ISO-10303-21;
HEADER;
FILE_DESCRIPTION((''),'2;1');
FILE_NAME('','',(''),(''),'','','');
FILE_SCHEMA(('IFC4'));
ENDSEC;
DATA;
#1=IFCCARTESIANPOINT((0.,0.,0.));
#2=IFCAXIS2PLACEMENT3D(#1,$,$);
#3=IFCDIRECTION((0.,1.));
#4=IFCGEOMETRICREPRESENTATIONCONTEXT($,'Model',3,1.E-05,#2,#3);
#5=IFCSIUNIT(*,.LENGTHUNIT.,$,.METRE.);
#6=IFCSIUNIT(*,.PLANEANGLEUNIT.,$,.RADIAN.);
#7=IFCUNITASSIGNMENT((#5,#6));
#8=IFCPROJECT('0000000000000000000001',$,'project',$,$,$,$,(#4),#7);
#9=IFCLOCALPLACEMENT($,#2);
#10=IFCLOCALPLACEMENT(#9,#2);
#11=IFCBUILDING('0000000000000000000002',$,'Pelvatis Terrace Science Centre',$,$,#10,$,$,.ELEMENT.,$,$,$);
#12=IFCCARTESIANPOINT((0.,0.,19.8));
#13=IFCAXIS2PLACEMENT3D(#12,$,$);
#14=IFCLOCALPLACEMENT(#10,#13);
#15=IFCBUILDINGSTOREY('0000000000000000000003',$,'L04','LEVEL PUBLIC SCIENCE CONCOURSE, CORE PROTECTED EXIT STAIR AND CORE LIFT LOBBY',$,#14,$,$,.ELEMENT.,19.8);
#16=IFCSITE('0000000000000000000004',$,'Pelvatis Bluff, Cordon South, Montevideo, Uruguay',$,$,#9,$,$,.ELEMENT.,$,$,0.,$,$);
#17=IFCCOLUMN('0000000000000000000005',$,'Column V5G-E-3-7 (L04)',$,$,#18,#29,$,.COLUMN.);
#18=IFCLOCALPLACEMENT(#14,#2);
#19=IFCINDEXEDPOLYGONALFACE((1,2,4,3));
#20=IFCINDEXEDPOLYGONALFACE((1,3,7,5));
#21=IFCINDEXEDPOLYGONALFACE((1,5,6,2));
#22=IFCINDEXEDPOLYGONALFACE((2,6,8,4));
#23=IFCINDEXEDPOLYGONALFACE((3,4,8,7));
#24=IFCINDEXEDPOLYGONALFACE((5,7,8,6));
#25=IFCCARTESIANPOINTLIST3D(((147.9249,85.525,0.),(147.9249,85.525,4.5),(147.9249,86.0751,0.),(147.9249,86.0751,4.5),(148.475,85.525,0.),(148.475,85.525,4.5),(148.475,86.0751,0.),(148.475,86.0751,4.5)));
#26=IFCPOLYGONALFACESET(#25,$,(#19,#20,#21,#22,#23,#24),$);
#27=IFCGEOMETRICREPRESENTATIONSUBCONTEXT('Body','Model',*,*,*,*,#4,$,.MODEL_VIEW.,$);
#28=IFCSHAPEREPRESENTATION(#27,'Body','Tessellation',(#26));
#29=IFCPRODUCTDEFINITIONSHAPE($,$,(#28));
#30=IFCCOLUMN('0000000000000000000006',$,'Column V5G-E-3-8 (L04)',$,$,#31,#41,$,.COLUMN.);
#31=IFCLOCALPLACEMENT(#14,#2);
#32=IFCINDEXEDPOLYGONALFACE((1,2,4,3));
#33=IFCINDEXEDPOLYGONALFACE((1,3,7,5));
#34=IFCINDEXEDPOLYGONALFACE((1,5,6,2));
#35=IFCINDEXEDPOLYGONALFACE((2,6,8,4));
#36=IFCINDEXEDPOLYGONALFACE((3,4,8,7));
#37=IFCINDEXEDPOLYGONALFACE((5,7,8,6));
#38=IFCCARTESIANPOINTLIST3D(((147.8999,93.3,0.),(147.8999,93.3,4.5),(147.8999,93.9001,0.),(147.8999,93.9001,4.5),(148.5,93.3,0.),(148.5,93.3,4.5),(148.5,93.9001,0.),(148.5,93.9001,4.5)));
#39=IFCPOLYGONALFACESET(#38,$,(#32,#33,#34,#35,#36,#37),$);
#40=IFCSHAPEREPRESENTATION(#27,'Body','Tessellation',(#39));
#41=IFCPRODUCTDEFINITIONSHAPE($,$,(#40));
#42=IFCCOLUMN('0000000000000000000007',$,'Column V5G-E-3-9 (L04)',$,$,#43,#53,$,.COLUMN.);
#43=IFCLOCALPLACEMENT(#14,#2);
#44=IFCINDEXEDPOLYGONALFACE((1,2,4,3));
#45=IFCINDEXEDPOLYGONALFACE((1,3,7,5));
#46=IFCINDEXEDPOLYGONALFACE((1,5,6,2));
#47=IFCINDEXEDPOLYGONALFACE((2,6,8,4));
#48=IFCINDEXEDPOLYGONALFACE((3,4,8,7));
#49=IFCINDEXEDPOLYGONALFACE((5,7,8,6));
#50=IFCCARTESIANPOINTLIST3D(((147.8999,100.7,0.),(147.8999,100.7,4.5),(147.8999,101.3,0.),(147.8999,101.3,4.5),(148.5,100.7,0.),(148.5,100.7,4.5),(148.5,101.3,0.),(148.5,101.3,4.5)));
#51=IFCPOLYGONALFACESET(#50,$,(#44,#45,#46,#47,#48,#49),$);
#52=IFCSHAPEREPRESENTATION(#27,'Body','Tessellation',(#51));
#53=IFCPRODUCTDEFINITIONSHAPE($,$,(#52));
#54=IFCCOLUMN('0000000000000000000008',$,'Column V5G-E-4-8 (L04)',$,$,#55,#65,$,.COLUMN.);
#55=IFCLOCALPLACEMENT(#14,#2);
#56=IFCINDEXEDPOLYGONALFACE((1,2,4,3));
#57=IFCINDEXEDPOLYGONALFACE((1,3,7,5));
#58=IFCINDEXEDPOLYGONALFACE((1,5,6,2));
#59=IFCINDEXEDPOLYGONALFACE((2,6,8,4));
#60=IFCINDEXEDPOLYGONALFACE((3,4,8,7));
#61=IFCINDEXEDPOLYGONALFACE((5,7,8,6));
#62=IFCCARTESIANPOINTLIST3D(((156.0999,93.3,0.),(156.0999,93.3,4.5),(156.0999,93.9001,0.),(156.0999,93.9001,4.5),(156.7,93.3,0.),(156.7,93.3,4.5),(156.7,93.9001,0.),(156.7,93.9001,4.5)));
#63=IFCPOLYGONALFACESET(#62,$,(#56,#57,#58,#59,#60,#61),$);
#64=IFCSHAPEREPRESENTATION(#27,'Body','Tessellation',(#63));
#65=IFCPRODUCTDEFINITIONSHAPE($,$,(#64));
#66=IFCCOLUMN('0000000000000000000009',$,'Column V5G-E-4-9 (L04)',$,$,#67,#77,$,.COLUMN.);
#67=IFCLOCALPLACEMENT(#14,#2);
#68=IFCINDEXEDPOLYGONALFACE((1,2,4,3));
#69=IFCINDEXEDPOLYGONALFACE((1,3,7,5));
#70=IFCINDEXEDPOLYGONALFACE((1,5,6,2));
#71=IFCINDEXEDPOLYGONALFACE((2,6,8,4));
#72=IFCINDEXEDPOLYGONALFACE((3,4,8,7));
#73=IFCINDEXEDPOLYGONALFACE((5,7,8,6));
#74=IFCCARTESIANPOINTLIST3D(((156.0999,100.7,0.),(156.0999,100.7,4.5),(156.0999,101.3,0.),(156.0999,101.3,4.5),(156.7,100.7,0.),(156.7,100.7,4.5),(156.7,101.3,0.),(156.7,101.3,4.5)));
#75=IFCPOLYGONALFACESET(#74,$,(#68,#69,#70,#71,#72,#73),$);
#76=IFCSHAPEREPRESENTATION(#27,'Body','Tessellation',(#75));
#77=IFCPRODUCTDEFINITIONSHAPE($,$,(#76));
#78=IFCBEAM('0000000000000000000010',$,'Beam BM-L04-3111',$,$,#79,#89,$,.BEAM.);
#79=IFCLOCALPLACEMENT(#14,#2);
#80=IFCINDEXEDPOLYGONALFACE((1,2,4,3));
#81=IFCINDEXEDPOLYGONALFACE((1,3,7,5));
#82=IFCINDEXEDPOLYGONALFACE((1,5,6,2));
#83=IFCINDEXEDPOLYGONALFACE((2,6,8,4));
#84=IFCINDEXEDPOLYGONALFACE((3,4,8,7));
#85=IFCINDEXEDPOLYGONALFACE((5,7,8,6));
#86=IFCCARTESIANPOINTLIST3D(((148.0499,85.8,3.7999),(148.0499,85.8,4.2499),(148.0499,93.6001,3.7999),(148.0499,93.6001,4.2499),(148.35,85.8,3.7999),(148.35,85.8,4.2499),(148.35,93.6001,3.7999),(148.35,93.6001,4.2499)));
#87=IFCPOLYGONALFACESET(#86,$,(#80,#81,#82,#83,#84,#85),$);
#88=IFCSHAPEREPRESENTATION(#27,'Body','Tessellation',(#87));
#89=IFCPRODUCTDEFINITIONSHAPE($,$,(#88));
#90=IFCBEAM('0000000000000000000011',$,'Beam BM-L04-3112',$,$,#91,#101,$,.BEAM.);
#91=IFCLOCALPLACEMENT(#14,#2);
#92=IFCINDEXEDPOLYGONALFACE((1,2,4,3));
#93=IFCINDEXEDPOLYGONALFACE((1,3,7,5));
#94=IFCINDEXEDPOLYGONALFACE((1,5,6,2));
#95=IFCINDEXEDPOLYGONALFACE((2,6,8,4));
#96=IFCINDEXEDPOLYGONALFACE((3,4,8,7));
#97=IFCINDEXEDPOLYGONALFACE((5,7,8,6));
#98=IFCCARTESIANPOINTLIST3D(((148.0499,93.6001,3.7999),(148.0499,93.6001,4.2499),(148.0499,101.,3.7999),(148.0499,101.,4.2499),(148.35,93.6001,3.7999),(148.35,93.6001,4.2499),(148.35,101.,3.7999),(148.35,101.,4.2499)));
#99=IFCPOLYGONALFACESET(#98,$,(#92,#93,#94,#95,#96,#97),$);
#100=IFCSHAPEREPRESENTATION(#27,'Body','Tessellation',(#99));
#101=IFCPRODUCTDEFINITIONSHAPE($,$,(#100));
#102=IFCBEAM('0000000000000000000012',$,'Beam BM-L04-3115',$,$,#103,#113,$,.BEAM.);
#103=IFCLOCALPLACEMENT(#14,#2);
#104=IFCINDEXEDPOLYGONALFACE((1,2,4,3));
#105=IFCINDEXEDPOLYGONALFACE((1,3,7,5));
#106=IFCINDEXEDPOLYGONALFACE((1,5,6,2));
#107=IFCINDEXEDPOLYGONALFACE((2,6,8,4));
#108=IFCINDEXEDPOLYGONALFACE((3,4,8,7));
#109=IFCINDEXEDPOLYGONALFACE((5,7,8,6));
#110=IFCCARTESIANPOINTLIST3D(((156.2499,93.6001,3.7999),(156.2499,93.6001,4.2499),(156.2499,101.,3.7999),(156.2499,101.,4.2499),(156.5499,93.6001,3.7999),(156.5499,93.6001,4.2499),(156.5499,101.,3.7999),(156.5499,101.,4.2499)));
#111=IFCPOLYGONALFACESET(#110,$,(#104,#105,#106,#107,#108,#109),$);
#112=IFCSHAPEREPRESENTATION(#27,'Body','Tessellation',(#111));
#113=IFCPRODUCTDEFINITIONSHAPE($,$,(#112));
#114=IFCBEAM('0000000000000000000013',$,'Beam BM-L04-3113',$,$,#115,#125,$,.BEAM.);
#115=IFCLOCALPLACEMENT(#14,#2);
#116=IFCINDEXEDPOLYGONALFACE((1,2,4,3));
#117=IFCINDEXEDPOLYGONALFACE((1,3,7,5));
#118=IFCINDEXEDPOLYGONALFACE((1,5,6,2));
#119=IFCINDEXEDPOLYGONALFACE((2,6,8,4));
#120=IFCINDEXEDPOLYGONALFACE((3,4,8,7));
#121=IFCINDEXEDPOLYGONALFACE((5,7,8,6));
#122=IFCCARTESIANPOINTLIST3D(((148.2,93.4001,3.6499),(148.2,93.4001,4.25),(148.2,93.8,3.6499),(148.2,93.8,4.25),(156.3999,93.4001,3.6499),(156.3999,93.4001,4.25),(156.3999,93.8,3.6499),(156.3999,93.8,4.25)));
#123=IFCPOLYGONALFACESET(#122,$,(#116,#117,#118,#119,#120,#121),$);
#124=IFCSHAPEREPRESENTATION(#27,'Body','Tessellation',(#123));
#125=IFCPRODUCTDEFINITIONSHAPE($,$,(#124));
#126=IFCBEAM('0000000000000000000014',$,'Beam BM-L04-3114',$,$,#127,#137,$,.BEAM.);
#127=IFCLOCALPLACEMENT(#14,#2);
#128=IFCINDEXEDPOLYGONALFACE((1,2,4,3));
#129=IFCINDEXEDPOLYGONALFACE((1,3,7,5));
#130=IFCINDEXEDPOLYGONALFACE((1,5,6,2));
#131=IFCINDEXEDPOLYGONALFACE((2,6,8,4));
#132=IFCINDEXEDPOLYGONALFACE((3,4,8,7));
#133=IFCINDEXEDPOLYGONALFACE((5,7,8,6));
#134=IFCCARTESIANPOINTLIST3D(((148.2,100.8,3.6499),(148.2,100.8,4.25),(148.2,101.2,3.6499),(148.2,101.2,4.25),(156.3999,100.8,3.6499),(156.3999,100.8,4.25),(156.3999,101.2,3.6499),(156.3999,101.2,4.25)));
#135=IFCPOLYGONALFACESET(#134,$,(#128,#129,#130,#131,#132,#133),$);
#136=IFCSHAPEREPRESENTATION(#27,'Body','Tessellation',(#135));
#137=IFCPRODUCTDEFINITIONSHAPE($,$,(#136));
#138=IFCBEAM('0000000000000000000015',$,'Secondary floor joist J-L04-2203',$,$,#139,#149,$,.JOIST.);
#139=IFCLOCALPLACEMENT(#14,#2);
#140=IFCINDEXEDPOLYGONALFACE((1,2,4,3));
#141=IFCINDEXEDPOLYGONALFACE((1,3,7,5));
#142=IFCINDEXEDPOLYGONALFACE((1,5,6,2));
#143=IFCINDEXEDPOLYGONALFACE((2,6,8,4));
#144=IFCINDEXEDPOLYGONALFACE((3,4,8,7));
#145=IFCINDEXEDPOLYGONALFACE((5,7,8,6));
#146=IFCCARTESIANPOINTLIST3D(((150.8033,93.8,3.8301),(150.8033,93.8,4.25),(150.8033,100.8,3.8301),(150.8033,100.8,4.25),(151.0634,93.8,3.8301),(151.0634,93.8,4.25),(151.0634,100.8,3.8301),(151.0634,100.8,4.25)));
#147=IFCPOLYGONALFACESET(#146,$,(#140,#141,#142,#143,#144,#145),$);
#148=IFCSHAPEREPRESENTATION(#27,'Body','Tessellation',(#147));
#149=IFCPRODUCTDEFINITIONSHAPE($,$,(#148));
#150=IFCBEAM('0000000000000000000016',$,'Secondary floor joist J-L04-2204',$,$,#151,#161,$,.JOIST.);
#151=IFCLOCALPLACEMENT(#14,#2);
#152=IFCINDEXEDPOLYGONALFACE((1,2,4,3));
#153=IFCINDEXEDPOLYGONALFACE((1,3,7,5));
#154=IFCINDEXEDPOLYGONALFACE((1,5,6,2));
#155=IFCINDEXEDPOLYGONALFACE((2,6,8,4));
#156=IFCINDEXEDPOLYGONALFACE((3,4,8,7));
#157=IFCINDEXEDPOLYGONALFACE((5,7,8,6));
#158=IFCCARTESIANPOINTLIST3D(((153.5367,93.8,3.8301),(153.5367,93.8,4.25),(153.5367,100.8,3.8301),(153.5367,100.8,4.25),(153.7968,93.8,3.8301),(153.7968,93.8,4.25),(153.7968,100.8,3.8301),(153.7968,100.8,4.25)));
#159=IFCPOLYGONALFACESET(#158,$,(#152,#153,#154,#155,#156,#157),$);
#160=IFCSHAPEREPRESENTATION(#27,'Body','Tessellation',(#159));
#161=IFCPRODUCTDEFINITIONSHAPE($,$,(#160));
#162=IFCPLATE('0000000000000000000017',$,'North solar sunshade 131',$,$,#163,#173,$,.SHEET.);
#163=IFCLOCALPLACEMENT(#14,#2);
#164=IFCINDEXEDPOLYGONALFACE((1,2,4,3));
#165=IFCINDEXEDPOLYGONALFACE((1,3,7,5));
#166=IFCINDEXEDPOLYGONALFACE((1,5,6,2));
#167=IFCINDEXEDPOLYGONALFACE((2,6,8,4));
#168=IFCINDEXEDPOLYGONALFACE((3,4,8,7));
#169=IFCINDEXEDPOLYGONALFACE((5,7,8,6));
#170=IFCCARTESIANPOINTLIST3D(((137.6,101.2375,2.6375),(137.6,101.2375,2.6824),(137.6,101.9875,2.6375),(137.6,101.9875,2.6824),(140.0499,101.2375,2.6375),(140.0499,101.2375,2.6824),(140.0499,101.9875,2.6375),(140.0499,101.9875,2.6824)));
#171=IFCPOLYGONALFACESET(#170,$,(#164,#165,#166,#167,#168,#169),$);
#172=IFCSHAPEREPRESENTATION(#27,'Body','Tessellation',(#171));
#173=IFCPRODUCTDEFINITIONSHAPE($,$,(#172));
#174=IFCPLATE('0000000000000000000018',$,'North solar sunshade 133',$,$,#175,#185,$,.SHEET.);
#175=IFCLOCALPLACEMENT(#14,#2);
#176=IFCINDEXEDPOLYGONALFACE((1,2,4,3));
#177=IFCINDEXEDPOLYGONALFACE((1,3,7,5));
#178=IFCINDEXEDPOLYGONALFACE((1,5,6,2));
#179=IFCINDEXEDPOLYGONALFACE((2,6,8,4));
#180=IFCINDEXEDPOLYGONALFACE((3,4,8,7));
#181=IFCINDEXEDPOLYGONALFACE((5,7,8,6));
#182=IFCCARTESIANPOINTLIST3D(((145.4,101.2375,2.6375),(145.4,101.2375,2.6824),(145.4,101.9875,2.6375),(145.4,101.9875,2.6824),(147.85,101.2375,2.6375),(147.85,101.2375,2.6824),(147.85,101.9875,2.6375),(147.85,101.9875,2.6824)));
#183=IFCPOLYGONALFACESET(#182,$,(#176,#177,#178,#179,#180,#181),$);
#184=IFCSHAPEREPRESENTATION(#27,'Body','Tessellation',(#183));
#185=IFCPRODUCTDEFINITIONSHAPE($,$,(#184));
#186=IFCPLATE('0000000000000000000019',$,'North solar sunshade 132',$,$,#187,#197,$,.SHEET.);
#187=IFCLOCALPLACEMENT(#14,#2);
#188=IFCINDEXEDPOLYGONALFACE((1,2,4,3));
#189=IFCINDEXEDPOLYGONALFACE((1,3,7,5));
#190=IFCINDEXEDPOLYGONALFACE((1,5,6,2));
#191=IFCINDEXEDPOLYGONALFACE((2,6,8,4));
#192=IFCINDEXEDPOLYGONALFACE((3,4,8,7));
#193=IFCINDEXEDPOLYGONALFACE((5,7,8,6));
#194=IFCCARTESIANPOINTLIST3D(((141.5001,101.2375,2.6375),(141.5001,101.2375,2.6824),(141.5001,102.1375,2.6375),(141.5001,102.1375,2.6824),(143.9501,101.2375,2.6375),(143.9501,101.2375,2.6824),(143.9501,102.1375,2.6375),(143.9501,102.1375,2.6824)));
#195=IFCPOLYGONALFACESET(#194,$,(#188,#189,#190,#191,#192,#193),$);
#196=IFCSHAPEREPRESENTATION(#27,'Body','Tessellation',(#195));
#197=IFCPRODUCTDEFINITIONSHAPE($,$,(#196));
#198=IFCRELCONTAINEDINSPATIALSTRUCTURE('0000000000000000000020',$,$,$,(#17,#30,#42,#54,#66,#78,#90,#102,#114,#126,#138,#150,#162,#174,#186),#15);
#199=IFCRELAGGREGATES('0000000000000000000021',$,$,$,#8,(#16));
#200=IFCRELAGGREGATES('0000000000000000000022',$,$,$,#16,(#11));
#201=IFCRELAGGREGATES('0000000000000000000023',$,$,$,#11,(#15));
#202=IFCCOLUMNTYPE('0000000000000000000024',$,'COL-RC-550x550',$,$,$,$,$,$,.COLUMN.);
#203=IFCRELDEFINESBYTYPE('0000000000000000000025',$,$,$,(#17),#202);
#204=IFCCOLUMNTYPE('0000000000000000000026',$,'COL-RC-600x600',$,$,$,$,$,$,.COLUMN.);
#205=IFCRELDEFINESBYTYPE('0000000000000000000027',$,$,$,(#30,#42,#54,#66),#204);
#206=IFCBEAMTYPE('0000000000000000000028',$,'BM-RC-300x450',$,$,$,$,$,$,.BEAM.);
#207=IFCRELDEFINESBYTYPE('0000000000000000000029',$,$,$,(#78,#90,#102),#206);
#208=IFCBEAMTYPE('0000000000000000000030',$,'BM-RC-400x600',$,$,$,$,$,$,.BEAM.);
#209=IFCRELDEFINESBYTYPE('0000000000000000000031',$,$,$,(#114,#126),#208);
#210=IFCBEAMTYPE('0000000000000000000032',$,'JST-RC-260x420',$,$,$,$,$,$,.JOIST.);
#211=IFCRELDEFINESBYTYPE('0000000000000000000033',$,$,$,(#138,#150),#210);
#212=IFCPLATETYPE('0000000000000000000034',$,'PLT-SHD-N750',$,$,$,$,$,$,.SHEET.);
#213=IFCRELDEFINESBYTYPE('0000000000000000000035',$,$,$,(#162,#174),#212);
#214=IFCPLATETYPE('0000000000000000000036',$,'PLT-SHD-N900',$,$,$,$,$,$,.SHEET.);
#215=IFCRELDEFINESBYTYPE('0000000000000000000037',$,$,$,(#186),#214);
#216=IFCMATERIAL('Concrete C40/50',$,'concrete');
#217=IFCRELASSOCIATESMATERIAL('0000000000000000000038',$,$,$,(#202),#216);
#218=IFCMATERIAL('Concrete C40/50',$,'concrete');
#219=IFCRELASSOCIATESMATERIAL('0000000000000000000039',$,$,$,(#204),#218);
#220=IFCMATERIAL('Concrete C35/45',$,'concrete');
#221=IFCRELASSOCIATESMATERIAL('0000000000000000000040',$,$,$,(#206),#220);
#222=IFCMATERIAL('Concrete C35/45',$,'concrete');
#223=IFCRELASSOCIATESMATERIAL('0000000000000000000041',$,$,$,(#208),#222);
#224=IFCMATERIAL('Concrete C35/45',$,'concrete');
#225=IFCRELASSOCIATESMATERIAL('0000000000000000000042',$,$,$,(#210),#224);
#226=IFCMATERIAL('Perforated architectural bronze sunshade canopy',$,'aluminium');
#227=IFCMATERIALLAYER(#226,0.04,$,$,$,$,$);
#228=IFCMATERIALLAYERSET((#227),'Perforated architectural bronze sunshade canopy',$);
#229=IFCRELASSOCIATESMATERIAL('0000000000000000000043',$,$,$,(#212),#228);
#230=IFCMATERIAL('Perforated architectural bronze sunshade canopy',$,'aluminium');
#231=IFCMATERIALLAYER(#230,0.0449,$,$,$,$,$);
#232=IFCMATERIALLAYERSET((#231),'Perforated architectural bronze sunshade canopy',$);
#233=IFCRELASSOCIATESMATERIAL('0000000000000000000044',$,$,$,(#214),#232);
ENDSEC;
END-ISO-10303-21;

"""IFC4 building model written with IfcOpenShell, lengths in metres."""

from ifc_helpers import new_model, si_unit, direction, frame, origin, origin_2d, place, context, subcontext, project, spatial, rectangle, extrude, material, layer, layer_set, material_profile, profile_set, type_object, element, save


model = new_model("IFC4")

# Units and contexts
model_context = context("Model", 3, precision=1e-05, world=origin(), true_north=direction((0.0, 1.0)))
body_context = subcontext(model_context, "Body", "Model", "MODEL_VIEW")
ifc_project = project(units=[si_unit("LENGTHUNIT", "METRE"), si_unit("PLANEANGLEUNIT", "RADIAN")], contexts=[model_context])

# Site, building, storey
site_placement = place(None, origin())
site = spatial("IfcSite", under=ifc_project, at=site_placement, Name="Pelvatis Bluff, Cordon South, Montevideo, Uruguay", CompositionType="ELEMENT", RefElevation=0.0)
building_placement = place(site_placement, origin())
building = spatial("IfcBuilding", under=site, at=building_placement, Name="Pelvatis Terrace Science Centre", CompositionType="ELEMENT")
storey_placement = place(building_placement, frame((0.0, 0.0, 19.8)))
storey = spatial("IfcBuildingStorey", under=building, at=storey_placement, Name="L04", Description="LEVEL PUBLIC SCIENCE CONCOURSE, CORE PROTECTED EXIT STAIR AND CORE LIFT LOBBY", CompositionType="ELEMENT", Elevation=19.8)

# Columns
ifc_material_1 = material(Name="Concrete C40/50", Category="concrete")
ifc_material_profile_1 = material_profile(ifc_material_1, rectangle(XDim=0.55, YDim=0.55, at=origin_2d()), Name="RC-COL 550x550")
ifc_profile_set_1 = profile_set([ifc_material_profile_1], Name="Concrete C40/50")
column_type_1 = type_object("IfcColumnType", Name="COL-RC-550x550", PredefinedType="COLUMN", material=ifc_profile_set_1)
column_placement = place(storey_placement, frame((148.2, 85.8, 0.0), z_axis=(0.0, 0.0, 1.0), x_axis=(1.0, 0.0, 0.0)))
element("IfcColumn", 1, at=column_placement, inside=storey, type_object=column_type_1, Name="Column V5G-E-3-7 (L04)", PredefinedType="COLUMN", context=body_context, shape_type="SweptSolid", body=[
    extrude(rectangle(XDim=0.55, YDim=0.55, at=origin_2d()), origin(), (0.0, 0.0, 1.0), 4.5),
])
ifc_material_2 = material(Name="Concrete C40/50", Category="concrete")
ifc_material_profile_2 = material_profile(ifc_material_2, rectangle(XDim=0.6001, YDim=0.6001, at=origin_2d()), Name="RC-COL 600x600")
ifc_profile_set_2 = profile_set([ifc_material_profile_2], Name="Concrete C40/50")
column_type_2 = type_object("IfcColumnType", Name="COL-RC-600x600", PredefinedType="COLUMN", material=ifc_profile_set_2)
for number, where, z_axis, x_axis, name in (
    (2, (148.2, 93.6001, 0.0), (0.0, 0.0, 1.0), (1.0, 0.0, 0.0), "Column V5G-E-3-8 (L04)"),
    (3, (148.2, 101.0, 0.0), (0.0, 0.0, 1.0), (1.0, 0.0, 0.0), "Column V5G-E-3-9 (L04)"),
    (4, (156.3999, 93.6001, 0.0), (0.0, 0.0, 1.0), (1.0, 0.0, 0.0), "Column V5G-E-4-8 (L04)"),
    (5, (156.3999, 101.0, 0.0), (0.0, 0.0, 1.0), (1.0, 0.0, 0.0), "Column V5G-E-4-9 (L04)"),
):
    element("IfcColumn", number, at=place(storey_placement, frame(where, z_axis=z_axis, x_axis=x_axis)), inside=storey, type_object=column_type_2, Name=name, PredefinedType="COLUMN", context=body_context, shape_type="SweptSolid", body=[
        extrude(rectangle(XDim=0.6001, YDim=0.6001, at=origin_2d()), origin(), (0.0, 0.0, 1.0), 4.5),
    ])

# Beams
ifc_material_3 = material(Name="Concrete C35/45", Category="concrete")
ifc_material_profile_3 = material_profile(ifc_material_3, rectangle(XDim=0.3, YDim=0.45, at=origin_2d()), Name="RC-BM 300x450")
ifc_profile_set_3 = profile_set([ifc_material_profile_3], Name="Concrete C35/45")
beam_type_1 = type_object("IfcBeamType", Name="BM-RC-300x450", PredefinedType="BEAM", material=ifc_profile_set_3)
beam_placement = place(storey_placement, frame((148.2, 85.8, 4.0249), z_axis=(0.0, 1.0, 0.0), x_axis=(-1.0, 0.0, 0.0)))
element("IfcBeam", 6, at=beam_placement, inside=storey, type_object=beam_type_1, Name="Beam BM-L04-3111", PredefinedType="BEAM", context=body_context, shape_type="SweptSolid", body=[
    extrude(rectangle(XDim=0.3, YDim=0.45, at=origin_2d()), origin(), (0.0, 0.0, 1.0), 7.8),
])
for number, where, z_axis, x_axis, name in (
    (7, (148.2, 93.6001, 4.0249), (0.0, 1.0, 0.0), (-1.0, 0.0, 0.0), "Beam BM-L04-3112"),
    (8, (156.3999, 93.6001, 4.0249), (0.0, 1.0, 0.0), (-1.0, 0.0, 0.0), "Beam BM-L04-3115"),
):
    element("IfcBeam", number, at=place(storey_placement, frame(where, z_axis=z_axis, x_axis=x_axis)), inside=storey, type_object=beam_type_1, Name=name, PredefinedType="BEAM", context=body_context, shape_type="SweptSolid", body=[
        extrude(rectangle(XDim=0.3, YDim=0.45, at=origin_2d()), origin(), (0.0, 0.0, 1.0), 7.3999),
    ])
ifc_material_4 = material(Name="Concrete C35/45", Category="concrete")
ifc_material_profile_4 = material_profile(ifc_material_4, rectangle(XDim=0.3999, YDim=0.6001, at=origin_2d()), Name="RC-BM 400x600")
ifc_profile_set_4 = profile_set([ifc_material_profile_4], Name="Concrete C35/45")
beam_type_2 = type_object("IfcBeamType", Name="BM-RC-400x600", PredefinedType="BEAM", material=ifc_profile_set_4)
for number, where, z_axis, x_axis, name in (
    (9, (148.2, 93.6001, 3.95), (1.0, 0.0, 0.0), (0.0, 1.0, 0.0), "Beam BM-L04-3113"),
    (10, (148.2, 101.0, 3.95), (1.0, 0.0, 0.0), (0.0, 1.0, 0.0), "Beam BM-L04-3114"),
):
    element("IfcBeam", number, at=place(storey_placement, frame(where, z_axis=z_axis, x_axis=x_axis)), inside=storey, type_object=beam_type_2, Name=name, PredefinedType="BEAM", context=body_context, shape_type="SweptSolid", body=[
        extrude(rectangle(XDim=0.3999, YDim=0.6001, at=origin_2d()), origin(), (0.0, 0.0, 1.0), 8.2),
    ])
ifc_material_5 = material(Name="Concrete C35/45", Category="concrete")
ifc_material_profile_5 = material_profile(ifc_material_5, rectangle(XDim=0.26, YDim=0.4199, at=origin_2d()), Name="RC-JST 260x420")
ifc_profile_set_5 = profile_set([ifc_material_profile_5], Name="Concrete C35/45")
beam_type_3 = type_object("IfcBeamType", Name="JST-RC-260x420", PredefinedType="JOIST", material=ifc_profile_set_5)
for number, where, z_axis, x_axis, name in (
    (11, (150.9333, 93.8, 4.04), (0.0, 1.0, 0.0), (-1.0, 0.0, 0.0), "Secondary floor joist J-L04-2203"),
    (12, (153.6667, 93.8, 4.04), (0.0, 1.0, 0.0), (-1.0, 0.0, 0.0), "Secondary floor joist J-L04-2204"),
):
    element("IfcBeam", number, at=place(storey_placement, frame(where, z_axis=z_axis, x_axis=x_axis)), inside=storey, type_object=beam_type_3, Name=name, PredefinedType="JOIST", context=body_context, shape_type="SweptSolid", body=[
        extrude(rectangle(XDim=0.26, YDim=0.4199, at=origin_2d()), origin(), (0.0, 0.0, 1.0), 7.0),
    ])

# Plates
ifc_material_6 = material(Name="Perforated architectural bronze sunshade canopy", Category="aluminium")
ifc_layer_1 = layer(ifc_material_6, 0.04)
ifc_layer_set_1 = layer_set([ifc_layer_1], Name="Perforated architectural bronze sunshade canopy")
plate_type_1 = type_object("IfcPlateType", Name="PLT-SHD-N750", PredefinedType="SHEET", material=ifc_layer_set_1)
for number, where, z_axis, x_axis, name in (
    (13, (138.825, 101.6125, 2.6375), (0.0, 0.0, 1.0), (1.0, 0.0, 0.0), "North solar sunshade 131"),
    (14, (146.625, 101.6125, 2.6375), (0.0, 0.0, 1.0), (1.0, 0.0, 0.0), "North solar sunshade 133"),
):
    element("IfcPlate", number, at=place(storey_placement, frame(where, z_axis=z_axis, x_axis=x_axis)), inside=storey, type_object=plate_type_1, Name=name, PredefinedType="SHEET", context=body_context, shape_type="SweptSolid", body=[
        extrude(rectangle(XDim=2.45, YDim=0.75, at=origin_2d()), origin(), (0.0, 0.0, 1.0), 0.0449),
    ])
ifc_material_7 = material(Name="Perforated architectural bronze sunshade canopy", Category="aluminium")
ifc_layer_2 = layer(ifc_material_7, 0.0449)
ifc_layer_set_2 = layer_set([ifc_layer_2], Name="Perforated architectural bronze sunshade canopy")
plate_type_2 = type_object("IfcPlateType", Name="PLT-SHD-N900", PredefinedType="SHEET", material=ifc_layer_set_2)
for number, where, z_axis, x_axis, name in (
    (15, (142.7251, 101.6875, 2.6375), (0.0, 0.0, 1.0), (1.0, 0.0, 0.0), "North solar sunshade 132"),
):
    element("IfcPlate", number, at=place(storey_placement, frame(where, z_axis=z_axis, x_axis=x_axis)), inside=storey, type_object=plate_type_2, Name=name, PredefinedType="SHEET", context=body_context, shape_type="SweptSolid", body=[
        extrude(rectangle(XDim=2.45, YDim=0.8999, at=origin_2d()), origin(), (0.0, 0.0, 1.0), 0.0449),
    ])

save(model, "model.ifc")
